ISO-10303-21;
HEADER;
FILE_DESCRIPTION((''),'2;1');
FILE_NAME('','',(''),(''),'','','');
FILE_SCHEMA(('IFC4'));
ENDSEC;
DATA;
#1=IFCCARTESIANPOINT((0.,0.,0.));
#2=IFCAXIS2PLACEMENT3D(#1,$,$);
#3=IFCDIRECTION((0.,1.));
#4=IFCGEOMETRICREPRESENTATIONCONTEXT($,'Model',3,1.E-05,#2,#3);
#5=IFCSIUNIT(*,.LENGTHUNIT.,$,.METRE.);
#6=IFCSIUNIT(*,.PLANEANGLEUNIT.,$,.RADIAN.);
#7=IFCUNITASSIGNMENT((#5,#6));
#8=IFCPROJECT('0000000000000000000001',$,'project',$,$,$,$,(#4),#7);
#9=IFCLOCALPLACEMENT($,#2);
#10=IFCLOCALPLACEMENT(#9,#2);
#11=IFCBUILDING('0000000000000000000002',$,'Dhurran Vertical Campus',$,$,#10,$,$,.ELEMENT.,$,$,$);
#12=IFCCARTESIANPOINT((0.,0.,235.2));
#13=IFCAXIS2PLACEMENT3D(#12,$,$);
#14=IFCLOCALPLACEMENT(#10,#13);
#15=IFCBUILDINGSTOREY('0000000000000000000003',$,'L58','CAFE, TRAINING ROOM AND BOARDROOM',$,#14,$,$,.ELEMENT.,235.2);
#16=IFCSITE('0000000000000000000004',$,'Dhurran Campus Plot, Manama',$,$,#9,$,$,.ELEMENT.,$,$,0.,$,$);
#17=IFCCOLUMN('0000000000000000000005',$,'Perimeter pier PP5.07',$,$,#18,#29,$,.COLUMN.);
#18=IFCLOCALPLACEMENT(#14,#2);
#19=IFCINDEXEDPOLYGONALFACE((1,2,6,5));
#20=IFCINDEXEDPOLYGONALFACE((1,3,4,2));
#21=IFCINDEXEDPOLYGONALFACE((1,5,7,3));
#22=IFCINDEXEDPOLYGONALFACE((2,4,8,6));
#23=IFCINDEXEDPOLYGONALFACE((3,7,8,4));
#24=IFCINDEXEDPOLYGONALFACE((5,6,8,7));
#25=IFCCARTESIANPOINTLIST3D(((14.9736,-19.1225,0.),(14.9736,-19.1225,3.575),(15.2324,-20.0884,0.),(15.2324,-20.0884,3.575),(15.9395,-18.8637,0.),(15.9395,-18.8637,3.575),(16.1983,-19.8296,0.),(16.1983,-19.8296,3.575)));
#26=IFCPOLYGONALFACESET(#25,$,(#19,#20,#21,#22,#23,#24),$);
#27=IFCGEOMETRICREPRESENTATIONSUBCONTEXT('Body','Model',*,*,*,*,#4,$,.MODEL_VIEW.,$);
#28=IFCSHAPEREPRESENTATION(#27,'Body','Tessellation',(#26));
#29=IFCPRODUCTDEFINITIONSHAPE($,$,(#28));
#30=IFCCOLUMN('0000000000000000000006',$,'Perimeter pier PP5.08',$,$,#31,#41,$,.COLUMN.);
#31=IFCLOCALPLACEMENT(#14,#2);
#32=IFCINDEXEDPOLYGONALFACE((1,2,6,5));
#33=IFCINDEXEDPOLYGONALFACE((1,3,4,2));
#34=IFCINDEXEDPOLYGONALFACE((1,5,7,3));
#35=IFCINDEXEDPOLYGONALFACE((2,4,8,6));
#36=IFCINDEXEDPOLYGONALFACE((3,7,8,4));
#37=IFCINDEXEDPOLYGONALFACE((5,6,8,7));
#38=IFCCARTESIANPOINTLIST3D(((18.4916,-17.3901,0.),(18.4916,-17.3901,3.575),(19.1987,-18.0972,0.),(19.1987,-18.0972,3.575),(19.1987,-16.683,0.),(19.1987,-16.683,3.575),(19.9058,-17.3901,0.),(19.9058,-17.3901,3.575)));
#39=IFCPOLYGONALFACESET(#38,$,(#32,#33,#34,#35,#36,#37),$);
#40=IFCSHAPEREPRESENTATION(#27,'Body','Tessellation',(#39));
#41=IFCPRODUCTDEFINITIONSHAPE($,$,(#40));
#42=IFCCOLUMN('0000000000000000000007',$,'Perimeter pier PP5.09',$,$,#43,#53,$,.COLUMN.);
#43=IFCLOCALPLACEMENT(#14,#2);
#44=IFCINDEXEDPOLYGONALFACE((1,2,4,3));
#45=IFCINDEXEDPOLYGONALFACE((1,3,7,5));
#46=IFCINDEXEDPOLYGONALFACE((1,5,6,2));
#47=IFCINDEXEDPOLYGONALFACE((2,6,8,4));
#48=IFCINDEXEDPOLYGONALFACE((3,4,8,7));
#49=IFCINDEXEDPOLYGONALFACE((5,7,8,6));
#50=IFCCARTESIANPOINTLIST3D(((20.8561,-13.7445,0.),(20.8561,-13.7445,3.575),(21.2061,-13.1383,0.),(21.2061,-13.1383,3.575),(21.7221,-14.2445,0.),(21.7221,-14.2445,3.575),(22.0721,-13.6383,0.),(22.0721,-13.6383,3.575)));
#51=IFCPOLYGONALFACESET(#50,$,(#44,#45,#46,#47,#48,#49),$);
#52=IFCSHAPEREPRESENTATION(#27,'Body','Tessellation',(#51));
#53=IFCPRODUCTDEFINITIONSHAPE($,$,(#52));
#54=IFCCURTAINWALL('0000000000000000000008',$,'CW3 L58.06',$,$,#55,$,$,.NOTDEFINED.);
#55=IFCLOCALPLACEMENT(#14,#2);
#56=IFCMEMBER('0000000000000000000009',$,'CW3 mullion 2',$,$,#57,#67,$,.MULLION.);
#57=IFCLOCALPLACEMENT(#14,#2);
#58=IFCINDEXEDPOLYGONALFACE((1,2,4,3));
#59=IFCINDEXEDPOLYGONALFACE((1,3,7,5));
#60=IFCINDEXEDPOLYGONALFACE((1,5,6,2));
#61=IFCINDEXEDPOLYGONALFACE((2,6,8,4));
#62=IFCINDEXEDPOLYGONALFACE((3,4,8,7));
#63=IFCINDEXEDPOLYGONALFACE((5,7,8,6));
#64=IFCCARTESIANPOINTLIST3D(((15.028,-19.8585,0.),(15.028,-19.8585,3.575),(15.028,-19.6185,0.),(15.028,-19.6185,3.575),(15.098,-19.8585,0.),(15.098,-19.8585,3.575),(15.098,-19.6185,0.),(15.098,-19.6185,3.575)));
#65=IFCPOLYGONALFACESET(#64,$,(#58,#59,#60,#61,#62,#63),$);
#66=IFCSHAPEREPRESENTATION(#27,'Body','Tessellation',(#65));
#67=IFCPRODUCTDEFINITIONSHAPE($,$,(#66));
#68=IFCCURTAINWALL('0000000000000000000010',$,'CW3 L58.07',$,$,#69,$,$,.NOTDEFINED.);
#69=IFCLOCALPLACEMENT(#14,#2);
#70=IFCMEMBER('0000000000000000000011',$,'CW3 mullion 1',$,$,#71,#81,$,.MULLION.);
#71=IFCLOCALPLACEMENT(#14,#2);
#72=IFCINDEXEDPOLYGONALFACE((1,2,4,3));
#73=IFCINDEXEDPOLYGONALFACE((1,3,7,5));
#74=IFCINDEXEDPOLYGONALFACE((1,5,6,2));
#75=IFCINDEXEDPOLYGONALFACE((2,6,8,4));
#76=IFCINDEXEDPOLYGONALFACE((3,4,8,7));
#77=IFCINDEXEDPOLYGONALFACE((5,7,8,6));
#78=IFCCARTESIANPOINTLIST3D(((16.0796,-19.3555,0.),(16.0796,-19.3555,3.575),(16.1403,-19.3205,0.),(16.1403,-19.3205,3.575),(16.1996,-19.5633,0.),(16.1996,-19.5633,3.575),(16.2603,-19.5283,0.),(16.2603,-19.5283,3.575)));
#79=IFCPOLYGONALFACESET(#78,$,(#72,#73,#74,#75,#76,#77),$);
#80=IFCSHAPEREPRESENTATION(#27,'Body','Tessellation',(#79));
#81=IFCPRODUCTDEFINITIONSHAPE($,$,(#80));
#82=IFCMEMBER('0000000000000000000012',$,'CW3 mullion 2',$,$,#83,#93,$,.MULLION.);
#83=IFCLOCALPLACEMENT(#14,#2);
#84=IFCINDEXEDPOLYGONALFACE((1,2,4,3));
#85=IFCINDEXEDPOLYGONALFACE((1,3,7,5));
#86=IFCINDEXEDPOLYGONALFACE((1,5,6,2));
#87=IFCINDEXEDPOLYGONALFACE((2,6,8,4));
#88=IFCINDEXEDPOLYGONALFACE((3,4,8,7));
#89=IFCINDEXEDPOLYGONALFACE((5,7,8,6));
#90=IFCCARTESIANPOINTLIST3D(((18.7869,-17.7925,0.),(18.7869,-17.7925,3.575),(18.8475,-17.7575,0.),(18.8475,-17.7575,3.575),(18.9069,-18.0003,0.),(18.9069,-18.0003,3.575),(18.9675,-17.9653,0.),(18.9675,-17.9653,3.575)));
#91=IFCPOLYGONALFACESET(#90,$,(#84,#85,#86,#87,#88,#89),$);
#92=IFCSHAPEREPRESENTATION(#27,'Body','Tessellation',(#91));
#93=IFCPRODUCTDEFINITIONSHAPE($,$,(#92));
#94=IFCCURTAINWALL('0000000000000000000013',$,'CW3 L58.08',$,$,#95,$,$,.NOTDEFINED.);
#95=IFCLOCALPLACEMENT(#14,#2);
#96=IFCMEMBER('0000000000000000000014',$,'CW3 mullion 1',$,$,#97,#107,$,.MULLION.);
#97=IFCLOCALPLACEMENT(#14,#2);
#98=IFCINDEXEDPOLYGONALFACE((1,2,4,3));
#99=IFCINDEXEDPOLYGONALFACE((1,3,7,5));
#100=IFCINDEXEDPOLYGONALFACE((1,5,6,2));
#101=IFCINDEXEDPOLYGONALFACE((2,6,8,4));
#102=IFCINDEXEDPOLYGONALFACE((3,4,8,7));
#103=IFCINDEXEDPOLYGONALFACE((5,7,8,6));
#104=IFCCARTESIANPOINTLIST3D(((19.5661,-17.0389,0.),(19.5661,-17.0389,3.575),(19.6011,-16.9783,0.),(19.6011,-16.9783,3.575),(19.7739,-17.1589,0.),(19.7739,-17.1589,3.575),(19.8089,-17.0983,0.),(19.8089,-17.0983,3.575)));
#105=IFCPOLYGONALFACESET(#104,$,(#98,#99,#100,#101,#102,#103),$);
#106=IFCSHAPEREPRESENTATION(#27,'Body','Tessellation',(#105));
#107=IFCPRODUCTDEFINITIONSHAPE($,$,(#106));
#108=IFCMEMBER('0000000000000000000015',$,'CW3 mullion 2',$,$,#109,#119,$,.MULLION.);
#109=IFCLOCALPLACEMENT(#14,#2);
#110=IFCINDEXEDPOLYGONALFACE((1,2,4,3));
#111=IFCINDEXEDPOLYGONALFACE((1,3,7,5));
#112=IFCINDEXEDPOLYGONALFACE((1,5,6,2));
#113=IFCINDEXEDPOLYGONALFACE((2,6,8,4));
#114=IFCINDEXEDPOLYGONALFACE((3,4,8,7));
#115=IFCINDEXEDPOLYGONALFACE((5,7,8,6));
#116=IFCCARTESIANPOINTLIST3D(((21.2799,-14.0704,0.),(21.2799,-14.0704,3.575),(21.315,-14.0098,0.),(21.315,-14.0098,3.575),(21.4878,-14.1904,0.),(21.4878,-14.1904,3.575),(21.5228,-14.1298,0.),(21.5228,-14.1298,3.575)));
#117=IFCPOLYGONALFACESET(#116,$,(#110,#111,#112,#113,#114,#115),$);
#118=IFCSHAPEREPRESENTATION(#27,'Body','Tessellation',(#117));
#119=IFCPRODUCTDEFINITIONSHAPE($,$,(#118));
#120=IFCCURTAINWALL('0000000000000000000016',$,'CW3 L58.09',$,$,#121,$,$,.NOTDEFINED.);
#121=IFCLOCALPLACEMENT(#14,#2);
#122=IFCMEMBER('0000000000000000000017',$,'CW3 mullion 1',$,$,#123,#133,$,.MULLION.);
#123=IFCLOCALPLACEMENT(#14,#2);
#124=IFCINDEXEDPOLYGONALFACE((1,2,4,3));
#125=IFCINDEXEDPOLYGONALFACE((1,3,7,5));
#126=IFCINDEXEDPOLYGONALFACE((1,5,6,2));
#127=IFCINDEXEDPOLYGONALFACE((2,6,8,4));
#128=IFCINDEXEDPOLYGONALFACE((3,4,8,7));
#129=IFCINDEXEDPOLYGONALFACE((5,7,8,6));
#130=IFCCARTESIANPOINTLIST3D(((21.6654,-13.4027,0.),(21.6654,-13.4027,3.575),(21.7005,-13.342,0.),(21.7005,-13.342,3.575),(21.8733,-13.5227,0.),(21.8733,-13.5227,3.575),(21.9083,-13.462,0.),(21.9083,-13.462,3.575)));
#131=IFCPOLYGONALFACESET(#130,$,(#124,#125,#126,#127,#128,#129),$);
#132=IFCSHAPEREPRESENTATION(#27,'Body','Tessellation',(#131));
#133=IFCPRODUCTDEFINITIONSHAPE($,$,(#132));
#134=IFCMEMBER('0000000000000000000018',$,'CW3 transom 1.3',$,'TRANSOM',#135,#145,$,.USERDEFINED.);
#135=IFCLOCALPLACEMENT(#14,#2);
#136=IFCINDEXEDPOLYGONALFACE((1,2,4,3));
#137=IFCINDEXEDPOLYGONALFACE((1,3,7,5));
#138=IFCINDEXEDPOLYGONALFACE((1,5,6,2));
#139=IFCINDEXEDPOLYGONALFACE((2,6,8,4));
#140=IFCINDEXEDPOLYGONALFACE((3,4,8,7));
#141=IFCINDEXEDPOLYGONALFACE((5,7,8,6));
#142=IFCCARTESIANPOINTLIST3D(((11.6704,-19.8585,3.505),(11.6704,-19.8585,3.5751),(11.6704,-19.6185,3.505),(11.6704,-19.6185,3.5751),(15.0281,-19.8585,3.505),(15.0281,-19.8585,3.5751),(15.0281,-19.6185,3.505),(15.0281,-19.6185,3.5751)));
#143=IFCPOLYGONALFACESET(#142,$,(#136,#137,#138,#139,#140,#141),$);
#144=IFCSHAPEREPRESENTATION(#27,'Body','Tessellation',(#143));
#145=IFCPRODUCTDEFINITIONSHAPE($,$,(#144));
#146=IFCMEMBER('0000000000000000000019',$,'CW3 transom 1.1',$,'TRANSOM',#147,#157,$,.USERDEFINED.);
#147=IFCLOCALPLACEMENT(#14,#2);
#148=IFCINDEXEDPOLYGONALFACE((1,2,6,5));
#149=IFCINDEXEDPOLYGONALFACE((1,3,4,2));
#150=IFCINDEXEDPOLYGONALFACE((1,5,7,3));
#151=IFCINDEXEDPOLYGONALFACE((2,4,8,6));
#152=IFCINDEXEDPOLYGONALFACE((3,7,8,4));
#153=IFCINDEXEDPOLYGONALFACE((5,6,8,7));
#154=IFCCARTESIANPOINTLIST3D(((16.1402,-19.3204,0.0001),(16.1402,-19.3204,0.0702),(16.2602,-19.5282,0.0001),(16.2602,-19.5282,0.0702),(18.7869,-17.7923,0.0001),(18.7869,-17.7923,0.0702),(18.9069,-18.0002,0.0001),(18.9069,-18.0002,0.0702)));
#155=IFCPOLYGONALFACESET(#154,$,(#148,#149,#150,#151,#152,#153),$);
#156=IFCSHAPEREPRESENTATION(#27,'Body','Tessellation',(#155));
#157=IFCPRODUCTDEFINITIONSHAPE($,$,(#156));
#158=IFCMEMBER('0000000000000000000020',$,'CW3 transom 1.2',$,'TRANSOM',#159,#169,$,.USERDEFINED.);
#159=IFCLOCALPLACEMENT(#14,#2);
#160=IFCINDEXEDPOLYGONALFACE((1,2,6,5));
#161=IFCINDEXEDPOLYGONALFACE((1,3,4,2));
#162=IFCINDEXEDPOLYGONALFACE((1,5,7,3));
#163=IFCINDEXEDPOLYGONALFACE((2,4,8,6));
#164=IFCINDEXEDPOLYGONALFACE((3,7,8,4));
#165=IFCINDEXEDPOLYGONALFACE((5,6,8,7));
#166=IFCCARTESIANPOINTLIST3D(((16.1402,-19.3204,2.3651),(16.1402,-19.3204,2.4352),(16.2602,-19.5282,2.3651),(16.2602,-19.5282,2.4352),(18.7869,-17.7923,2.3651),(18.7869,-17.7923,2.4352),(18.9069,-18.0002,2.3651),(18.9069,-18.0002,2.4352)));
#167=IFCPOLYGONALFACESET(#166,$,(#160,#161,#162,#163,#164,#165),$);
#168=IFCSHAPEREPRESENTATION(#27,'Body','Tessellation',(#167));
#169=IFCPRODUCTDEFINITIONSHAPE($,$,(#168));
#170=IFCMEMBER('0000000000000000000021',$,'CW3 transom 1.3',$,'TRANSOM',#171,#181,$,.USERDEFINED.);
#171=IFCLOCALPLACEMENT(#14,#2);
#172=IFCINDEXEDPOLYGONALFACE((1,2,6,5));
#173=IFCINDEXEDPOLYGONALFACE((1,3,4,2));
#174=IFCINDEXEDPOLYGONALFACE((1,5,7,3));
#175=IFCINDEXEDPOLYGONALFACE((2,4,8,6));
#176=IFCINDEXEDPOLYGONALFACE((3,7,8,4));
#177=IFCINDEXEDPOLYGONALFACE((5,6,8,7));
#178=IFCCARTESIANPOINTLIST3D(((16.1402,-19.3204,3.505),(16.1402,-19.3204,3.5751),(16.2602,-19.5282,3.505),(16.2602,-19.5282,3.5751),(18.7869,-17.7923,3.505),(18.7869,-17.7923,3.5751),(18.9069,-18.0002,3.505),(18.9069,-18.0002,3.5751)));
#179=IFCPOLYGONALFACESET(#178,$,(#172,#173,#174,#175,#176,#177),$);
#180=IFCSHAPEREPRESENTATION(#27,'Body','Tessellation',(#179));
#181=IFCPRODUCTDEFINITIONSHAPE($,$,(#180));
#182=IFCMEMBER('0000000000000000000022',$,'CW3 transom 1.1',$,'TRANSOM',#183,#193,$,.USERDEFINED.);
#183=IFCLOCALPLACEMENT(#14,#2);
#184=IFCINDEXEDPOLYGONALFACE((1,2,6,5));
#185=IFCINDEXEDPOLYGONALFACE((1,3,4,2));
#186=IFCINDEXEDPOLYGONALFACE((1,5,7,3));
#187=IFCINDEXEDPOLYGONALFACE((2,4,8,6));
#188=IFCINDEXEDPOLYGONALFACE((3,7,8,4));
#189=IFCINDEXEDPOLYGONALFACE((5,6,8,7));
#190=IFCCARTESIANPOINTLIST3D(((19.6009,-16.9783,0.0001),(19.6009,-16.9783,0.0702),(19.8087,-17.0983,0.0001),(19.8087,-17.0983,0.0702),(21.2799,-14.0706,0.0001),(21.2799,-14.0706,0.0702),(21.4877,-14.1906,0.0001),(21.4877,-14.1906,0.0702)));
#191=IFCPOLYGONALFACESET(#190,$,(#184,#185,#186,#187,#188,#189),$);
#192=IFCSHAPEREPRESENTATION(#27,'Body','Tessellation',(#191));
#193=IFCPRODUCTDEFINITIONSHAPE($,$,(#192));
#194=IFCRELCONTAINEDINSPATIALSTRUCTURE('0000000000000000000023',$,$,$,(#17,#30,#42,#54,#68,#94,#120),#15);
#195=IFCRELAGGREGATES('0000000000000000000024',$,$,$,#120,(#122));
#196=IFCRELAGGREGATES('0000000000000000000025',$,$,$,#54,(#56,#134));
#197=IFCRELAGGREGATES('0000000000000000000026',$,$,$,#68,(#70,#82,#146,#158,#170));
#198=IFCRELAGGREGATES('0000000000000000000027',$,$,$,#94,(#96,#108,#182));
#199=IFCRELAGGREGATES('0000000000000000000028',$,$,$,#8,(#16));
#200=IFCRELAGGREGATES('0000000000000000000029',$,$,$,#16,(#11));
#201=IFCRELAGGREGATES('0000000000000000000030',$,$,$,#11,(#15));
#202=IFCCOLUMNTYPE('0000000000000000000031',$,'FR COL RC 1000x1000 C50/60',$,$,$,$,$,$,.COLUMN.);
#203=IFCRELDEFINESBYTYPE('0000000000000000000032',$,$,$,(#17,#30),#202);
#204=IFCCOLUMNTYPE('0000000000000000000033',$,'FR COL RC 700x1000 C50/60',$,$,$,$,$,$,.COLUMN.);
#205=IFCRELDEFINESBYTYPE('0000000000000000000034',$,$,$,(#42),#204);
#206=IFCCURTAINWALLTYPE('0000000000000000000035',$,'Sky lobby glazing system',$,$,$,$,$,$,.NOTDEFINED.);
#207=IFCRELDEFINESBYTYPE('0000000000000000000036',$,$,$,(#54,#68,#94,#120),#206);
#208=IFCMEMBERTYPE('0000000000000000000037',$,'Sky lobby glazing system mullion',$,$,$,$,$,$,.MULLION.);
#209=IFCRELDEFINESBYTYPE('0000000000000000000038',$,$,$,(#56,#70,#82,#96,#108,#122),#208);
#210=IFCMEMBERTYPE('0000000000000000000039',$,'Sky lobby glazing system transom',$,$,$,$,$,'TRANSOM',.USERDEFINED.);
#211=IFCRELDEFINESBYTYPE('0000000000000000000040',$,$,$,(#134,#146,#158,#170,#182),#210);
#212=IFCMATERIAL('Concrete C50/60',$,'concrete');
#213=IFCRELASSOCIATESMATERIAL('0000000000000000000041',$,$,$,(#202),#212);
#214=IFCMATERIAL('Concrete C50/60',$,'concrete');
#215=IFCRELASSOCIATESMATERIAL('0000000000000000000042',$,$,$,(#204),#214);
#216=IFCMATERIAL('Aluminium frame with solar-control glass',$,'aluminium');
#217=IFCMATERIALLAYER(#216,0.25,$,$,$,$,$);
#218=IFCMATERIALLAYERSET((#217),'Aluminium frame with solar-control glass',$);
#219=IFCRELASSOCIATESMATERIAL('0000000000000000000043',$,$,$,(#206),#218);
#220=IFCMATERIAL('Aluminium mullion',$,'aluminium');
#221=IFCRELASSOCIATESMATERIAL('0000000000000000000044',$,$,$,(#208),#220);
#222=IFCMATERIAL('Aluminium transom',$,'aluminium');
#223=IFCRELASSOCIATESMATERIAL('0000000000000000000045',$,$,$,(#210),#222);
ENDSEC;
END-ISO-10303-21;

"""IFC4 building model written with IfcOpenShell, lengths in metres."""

from ifc_helpers import new_model, si_unit, direction, frame, origin, origin_2d, place, context, subcontext, project, spatial, rectangle, extrude, material, layer, layer_set, material_profile, profile_set, type_object, element, aggregate, save


model = new_model("IFC4")

# Units and contexts
model_context = context("Model", 3, precision=1e-05, world=origin(), true_north=direction((0.0, 1.0)))
body_context = subcontext(model_context, "Body", "Model", "MODEL_VIEW")
ifc_project = project(units=[si_unit("LENGTHUNIT", "METRE"), si_unit("PLANEANGLEUNIT", "RADIAN")], contexts=[model_context])

# Site, building, storey
site_placement = place(None, origin())
site = spatial("IfcSite", under=ifc_project, at=site_placement, Name="Dhurran Campus Plot, Manama", CompositionType="ELEMENT", RefElevation=0.0)
building_placement = place(site_placement, origin())
building = spatial("IfcBuilding", under=site, at=building_placement, Name="Dhurran Vertical Campus", CompositionType="ELEMENT")
storey_placement = place(building_placement, frame((0.0, 0.0, 235.2)))
storey = spatial("IfcBuildingStorey", under=building, at=storey_placement, Name="L58", Description="CAFE, TRAINING ROOM AND BOARDROOM", CompositionType="ELEMENT", Elevation=235.2)

# Columns
ifc_material_1 = material(Name="Concrete C50/60", Category="concrete")
ifc_material_profile_1 = material_profile(ifc_material_1, rectangle(XDim=1.0, YDim=1.0, at=origin_2d()), Name="RC 1000x1000")
ifc_profile_set_1 = profile_set([ifc_material_profile_1], Name="Concrete C50/60")
column_type_1 = type_object("IfcColumnType", Name="FR COL RC 1000x1000 C50/60", PredefinedType="COLUMN", material=ifc_profile_set_1)
for number, where, z_axis, x_axis, name in (
    (1, (15.5859, -19.4761, 0.0), (0.0, 0.0, 1.0), (0.965926, 0.258819, 0.0), "Perimeter pier PP5.07"),
    (2, (19.1987, -17.3901, 0.0), (0.0, 0.0, 1.0), (0.707107, 0.707107, 0.0), "Perimeter pier PP5.08"),
):
    element("IfcColumn", number, at=place(storey_placement, frame(where, z_axis=z_axis, x_axis=x_axis)), inside=storey, type_object=column_type_1, Name=name, PredefinedType="COLUMN", context=body_context, shape_type="SweptSolid", body=[
        extrude(rectangle(XDim=1.0, YDim=1.0, at=origin_2d()), origin(), (0.0, 0.0, 1.0), 3.575),
    ])
ifc_material_2 = material(Name="Concrete C50/60", Category="concrete")
ifc_material_profile_2 = material_profile(ifc_material_2, rectangle(XDim=0.7, YDim=1.0, at=origin_2d()), Name="RC 700x1000")
ifc_profile_set_2 = profile_set([ifc_material_profile_2], Name="Concrete C50/60")
column_type_2 = type_object("IfcColumnType", Name="FR COL RC 700x1000 C50/60", PredefinedType="COLUMN", material=ifc_profile_set_2)
column_placement = place(storey_placement, frame((21.4641, -13.6914, 0.0), z_axis=(0.0, 0.0, 1.0), x_axis=(0.5, 0.866025, 0.0)))
element("IfcColumn", 3, at=column_placement, inside=storey, type_object=column_type_2, Name="Perimeter pier PP5.09", PredefinedType="COLUMN", context=body_context, shape_type="SweptSolid", body=[
    extrude(rectangle(XDim=0.7, YDim=1.0, at=origin_2d()), origin(), (0.0, 0.0, 1.0), 3.575),
])

# Curtain wall, member
ifc_material_3 = material(Name="Aluminium frame with solar-control glass", Category="aluminium")
ifc_layer_1 = layer(ifc_material_3, 0.25)
ifc_layer_set_1 = layer_set([ifc_layer_1], Name="Aluminium frame with solar-control glass")
curtain_wall_type = type_object("IfcCurtainWallType", Name="Sky lobby glazing system", PredefinedType="NOTDEFINED", material=ifc_layer_set_1)
curtain_wall_1_placement = place(storey_placement, origin())
curtain_wall_1 = element("IfcCurtainWall", 4, at=curtain_wall_1_placement, inside=storey, type_object=curtain_wall_type, Name="CW3 L58.06", PredefinedType="NOTDEFINED")
ifc_material_4 = material(Name="Aluminium mullion", Category="aluminium")
ifc_material_profile_3 = material_profile(ifc_material_4, rectangle(XDim=0.24, YDim=0.0701, at=origin_2d()), Name="Sky lobby glazing system mullion")
ifc_profile_set_3 = profile_set([ifc_material_profile_3], Name="Aluminium mullion")
member_type_1 = type_object("IfcMemberType", Name="Sky lobby glazing system mullion", PredefinedType="MULLION", material=ifc_profile_set_3)
member_1_placement = place(storey_placement, frame((15.063, -19.7385, 0.0), z_axis=(0.0, 0.0, 1.0), x_axis=(0.0, 1.0, 0.0)))
member_1 = element("IfcMember", 5, at=member_1_placement, type_object=member_type_1, Name="CW3 mullion 2", PredefinedType="MULLION", context=body_context, shape_type="SweptSolid", body=[
    extrude(rectangle(XDim=0.24, YDim=0.0701, at=origin_2d()), origin(), (0.0, 0.0, 1.0), 3.575),
])

# Curtain walls, members
curtain_wall_2_placement = place(storey_placement, origin())
curtain_wall_2 = element("IfcCurtainWall", 6, at=curtain_wall_2_placement, inside=storey, type_object=curtain_wall_type, Name="CW3 L58.07", PredefinedType="NOTDEFINED")
member_2_placement = place(storey_placement, frame((16.1699, -19.4419, 0.0), z_axis=(0.0, 0.0, 1.0), x_axis=(-0.499999, 0.866026, 0.0)))
member_2 = element("IfcMember", 7, at=member_2_placement, type_object=member_type_1, Name="CW3 mullion 1", PredefinedType="MULLION", context=body_context, shape_type="SweptSolid", body=[
    extrude(rectangle(XDim=0.24, YDim=0.0701, at=origin_2d()), origin(), (0.0, 0.0, 1.0), 3.575),
])
member_3_placement = place(storey_placement, frame((18.8772, -17.8789, 0.0), z_axis=(0.0, 0.0, 1.0), x_axis=(-0.499999, 0.866026, 0.0)))
member_3 = element("IfcMember", 8, at=member_3_placement, type_object=member_type_1, Name="CW3 mullion 2", PredefinedType="MULLION", context=body_context, shape_type="SweptSolid", body=[
    extrude(rectangle(XDim=0.24, YDim=0.0701, at=origin_2d()), origin(), (0.0, 0.0, 1.0), 3.575),
])
curtain_wall_3_placement = place(storey_placement, origin())
curtain_wall_3 = element("IfcCurtainWall", 9, at=curtain_wall_3_placement, inside=storey, type_object=curtain_wall_type, Name="CW3 L58.08", PredefinedType="NOTDEFINED")
member_4_placement = place(storey_placement, frame((19.6875, -17.0686, 0.0), z_axis=(0.0, 0.0, 1.0), x_axis=(-0.866019, 0.50001, 0.0)))
member_4 = element("IfcMember", 10, at=member_4_placement, type_object=member_type_1, Name="CW3 mullion 1", PredefinedType="MULLION", context=body_context, shape_type="SweptSolid", body=[
    extrude(rectangle(XDim=0.24, YDim=0.0701, at=origin_2d()), origin(), (0.0, 0.0, 1.0), 3.575),
])
member_5_placement = place(storey_placement, frame((21.4014, -14.1001, 0.0), z_axis=(0.0, 0.0, 1.0), x_axis=(-0.866019, 0.50001, 0.0)))
member_5 = element("IfcMember", 11, at=member_5_placement, type_object=member_type_1, Name="CW3 mullion 2", PredefinedType="MULLION", context=body_context, shape_type="SweptSolid", body=[
    extrude(rectangle(XDim=0.24, YDim=0.0701, at=origin_2d()), origin(), (0.0, 0.0, 1.0), 3.575),
])

# Curtain wall, member
curtain_wall_4_placement = place(storey_placement, origin())
curtain_wall_4 = element("IfcCurtainWall", 12, at=curtain_wall_4_placement, inside=storey, type_object=curtain_wall_type, Name="CW3 L58.09", PredefinedType="NOTDEFINED")
member_6_placement = place(storey_placement, frame((21.7869, -13.4324, 0.0), z_axis=(0.0, 0.0, 1.0), x_axis=(-0.866023, 0.500003, 0.0)))
member_6 = element("IfcMember", 13, at=member_6_placement, type_object=member_type_1, Name="CW3 mullion 1", PredefinedType="MULLION", context=body_context, shape_type="SweptSolid", body=[
    extrude(rectangle(XDim=0.24, YDim=0.0701, at=origin_2d()), origin(), (0.0, 0.0, 1.0), 3.575),
])

# Members
ifc_material_5 = material(Name="Aluminium transom", Category="aluminium")
ifc_material_profile_4 = material_profile(ifc_material_5, rectangle(XDim=0.24, YDim=0.0701, at=origin_2d()), Name="Sky lobby glazing system transom")
ifc_profile_set_4 = profile_set([ifc_material_profile_4], Name="Aluminium transom")
member_type_2 = type_object("IfcMemberType", Name="Sky lobby glazing system transom", ElementType="TRANSOM", PredefinedType="USERDEFINED", material=ifc_profile_set_4)
member_7_placement = place(storey_placement, frame((11.6704, -19.7385, 3.54), z_axis=(1.0, 0.0, 0.0), x_axis=(0.0, 1.0, 0.0)))
member_7 = element("IfcMember", 14, at=member_7_placement, type_object=member_type_2, Name="CW3 transom 1.3", ObjectType="TRANSOM", PredefinedType="USERDEFINED", context=body_context, shape_type="SweptSolid", body=[
    extrude(rectangle(XDim=0.24, YDim=0.0701, at=origin_2d()), origin(), (0.0, 0.0, 1.0), 3.3577),
])
member_8_placement = place(storey_placement, frame((16.2002, -19.4243, 0.0352), z_axis=(0.866027, 0.499997, 0.0), x_axis=(-0.499997, 0.866027, 0.0)))
member_8 = element("IfcMember", 15, at=member_8_placement, type_object=member_type_2, Name="CW3 transom 1.1", ObjectType="TRANSOM", PredefinedType="USERDEFINED", context=body_context, shape_type="SweptSolid", body=[
    extrude(rectangle(XDim=0.24, YDim=0.0701, at=origin_2d()), origin(), (0.0, 0.0, 1.0), 3.0562),
])
member_9_placement = place(storey_placement, frame((16.2002, -19.4243, 2.4001), z_axis=(0.866027, 0.499997, 0.0), x_axis=(-0.499997, 0.866027, 0.0)))
member_9 = element("IfcMember", 16, at=member_9_placement, type_object=member_type_2, Name="CW3 transom 1.2", ObjectType="TRANSOM", PredefinedType="USERDEFINED", context=body_context, shape_type="SweptSolid", body=[
    extrude(rectangle(XDim=0.24, YDim=0.0701, at=origin_2d()), origin(), (0.0, 0.0, 1.0), 3.0562),
])
member_10_placement = place(storey_placement, frame((16.2002, -19.4243, 3.54), z_axis=(0.866027, 0.499997, 0.0), x_axis=(-0.499997, 0.866027, 0.0)))
member_10 = element("IfcMember", 17, at=member_10_placement, type_object=member_type_2, Name="CW3 transom 1.3", ObjectType="TRANSOM", PredefinedType="USERDEFINED", context=body_context, shape_type="SweptSolid", body=[
    extrude(rectangle(XDim=0.24, YDim=0.0701, at=origin_2d()), origin(), (0.0, 0.0, 1.0), 3.0562),
])
member_11_placement = place(storey_placement, frame((19.7048, -17.0383, 0.0352), z_axis=(0.500041, 0.866002, 0.0), x_axis=(-0.866002, 0.500041, 0.0)))
member_11 = element("IfcMember", 18, at=member_11_placement, type_object=member_type_2, Name="CW3 transom 1.1", ObjectType="TRANSOM", PredefinedType="USERDEFINED", context=body_context, shape_type="SweptSolid", body=[
    extrude(rectangle(XDim=0.24, YDim=0.0701, at=origin_2d()), origin(), (0.0, 0.0, 1.0), 3.3577),
])
aggregate(curtain_wall_4, [member_6])

aggregate(curtain_wall_1, [member_1, member_7])
aggregate(curtain_wall_2, [member_2, member_3, member_8, member_9, member_10])
aggregate(curtain_wall_3, [member_4, member_5, member_11])

save(model, "model.ifc")
